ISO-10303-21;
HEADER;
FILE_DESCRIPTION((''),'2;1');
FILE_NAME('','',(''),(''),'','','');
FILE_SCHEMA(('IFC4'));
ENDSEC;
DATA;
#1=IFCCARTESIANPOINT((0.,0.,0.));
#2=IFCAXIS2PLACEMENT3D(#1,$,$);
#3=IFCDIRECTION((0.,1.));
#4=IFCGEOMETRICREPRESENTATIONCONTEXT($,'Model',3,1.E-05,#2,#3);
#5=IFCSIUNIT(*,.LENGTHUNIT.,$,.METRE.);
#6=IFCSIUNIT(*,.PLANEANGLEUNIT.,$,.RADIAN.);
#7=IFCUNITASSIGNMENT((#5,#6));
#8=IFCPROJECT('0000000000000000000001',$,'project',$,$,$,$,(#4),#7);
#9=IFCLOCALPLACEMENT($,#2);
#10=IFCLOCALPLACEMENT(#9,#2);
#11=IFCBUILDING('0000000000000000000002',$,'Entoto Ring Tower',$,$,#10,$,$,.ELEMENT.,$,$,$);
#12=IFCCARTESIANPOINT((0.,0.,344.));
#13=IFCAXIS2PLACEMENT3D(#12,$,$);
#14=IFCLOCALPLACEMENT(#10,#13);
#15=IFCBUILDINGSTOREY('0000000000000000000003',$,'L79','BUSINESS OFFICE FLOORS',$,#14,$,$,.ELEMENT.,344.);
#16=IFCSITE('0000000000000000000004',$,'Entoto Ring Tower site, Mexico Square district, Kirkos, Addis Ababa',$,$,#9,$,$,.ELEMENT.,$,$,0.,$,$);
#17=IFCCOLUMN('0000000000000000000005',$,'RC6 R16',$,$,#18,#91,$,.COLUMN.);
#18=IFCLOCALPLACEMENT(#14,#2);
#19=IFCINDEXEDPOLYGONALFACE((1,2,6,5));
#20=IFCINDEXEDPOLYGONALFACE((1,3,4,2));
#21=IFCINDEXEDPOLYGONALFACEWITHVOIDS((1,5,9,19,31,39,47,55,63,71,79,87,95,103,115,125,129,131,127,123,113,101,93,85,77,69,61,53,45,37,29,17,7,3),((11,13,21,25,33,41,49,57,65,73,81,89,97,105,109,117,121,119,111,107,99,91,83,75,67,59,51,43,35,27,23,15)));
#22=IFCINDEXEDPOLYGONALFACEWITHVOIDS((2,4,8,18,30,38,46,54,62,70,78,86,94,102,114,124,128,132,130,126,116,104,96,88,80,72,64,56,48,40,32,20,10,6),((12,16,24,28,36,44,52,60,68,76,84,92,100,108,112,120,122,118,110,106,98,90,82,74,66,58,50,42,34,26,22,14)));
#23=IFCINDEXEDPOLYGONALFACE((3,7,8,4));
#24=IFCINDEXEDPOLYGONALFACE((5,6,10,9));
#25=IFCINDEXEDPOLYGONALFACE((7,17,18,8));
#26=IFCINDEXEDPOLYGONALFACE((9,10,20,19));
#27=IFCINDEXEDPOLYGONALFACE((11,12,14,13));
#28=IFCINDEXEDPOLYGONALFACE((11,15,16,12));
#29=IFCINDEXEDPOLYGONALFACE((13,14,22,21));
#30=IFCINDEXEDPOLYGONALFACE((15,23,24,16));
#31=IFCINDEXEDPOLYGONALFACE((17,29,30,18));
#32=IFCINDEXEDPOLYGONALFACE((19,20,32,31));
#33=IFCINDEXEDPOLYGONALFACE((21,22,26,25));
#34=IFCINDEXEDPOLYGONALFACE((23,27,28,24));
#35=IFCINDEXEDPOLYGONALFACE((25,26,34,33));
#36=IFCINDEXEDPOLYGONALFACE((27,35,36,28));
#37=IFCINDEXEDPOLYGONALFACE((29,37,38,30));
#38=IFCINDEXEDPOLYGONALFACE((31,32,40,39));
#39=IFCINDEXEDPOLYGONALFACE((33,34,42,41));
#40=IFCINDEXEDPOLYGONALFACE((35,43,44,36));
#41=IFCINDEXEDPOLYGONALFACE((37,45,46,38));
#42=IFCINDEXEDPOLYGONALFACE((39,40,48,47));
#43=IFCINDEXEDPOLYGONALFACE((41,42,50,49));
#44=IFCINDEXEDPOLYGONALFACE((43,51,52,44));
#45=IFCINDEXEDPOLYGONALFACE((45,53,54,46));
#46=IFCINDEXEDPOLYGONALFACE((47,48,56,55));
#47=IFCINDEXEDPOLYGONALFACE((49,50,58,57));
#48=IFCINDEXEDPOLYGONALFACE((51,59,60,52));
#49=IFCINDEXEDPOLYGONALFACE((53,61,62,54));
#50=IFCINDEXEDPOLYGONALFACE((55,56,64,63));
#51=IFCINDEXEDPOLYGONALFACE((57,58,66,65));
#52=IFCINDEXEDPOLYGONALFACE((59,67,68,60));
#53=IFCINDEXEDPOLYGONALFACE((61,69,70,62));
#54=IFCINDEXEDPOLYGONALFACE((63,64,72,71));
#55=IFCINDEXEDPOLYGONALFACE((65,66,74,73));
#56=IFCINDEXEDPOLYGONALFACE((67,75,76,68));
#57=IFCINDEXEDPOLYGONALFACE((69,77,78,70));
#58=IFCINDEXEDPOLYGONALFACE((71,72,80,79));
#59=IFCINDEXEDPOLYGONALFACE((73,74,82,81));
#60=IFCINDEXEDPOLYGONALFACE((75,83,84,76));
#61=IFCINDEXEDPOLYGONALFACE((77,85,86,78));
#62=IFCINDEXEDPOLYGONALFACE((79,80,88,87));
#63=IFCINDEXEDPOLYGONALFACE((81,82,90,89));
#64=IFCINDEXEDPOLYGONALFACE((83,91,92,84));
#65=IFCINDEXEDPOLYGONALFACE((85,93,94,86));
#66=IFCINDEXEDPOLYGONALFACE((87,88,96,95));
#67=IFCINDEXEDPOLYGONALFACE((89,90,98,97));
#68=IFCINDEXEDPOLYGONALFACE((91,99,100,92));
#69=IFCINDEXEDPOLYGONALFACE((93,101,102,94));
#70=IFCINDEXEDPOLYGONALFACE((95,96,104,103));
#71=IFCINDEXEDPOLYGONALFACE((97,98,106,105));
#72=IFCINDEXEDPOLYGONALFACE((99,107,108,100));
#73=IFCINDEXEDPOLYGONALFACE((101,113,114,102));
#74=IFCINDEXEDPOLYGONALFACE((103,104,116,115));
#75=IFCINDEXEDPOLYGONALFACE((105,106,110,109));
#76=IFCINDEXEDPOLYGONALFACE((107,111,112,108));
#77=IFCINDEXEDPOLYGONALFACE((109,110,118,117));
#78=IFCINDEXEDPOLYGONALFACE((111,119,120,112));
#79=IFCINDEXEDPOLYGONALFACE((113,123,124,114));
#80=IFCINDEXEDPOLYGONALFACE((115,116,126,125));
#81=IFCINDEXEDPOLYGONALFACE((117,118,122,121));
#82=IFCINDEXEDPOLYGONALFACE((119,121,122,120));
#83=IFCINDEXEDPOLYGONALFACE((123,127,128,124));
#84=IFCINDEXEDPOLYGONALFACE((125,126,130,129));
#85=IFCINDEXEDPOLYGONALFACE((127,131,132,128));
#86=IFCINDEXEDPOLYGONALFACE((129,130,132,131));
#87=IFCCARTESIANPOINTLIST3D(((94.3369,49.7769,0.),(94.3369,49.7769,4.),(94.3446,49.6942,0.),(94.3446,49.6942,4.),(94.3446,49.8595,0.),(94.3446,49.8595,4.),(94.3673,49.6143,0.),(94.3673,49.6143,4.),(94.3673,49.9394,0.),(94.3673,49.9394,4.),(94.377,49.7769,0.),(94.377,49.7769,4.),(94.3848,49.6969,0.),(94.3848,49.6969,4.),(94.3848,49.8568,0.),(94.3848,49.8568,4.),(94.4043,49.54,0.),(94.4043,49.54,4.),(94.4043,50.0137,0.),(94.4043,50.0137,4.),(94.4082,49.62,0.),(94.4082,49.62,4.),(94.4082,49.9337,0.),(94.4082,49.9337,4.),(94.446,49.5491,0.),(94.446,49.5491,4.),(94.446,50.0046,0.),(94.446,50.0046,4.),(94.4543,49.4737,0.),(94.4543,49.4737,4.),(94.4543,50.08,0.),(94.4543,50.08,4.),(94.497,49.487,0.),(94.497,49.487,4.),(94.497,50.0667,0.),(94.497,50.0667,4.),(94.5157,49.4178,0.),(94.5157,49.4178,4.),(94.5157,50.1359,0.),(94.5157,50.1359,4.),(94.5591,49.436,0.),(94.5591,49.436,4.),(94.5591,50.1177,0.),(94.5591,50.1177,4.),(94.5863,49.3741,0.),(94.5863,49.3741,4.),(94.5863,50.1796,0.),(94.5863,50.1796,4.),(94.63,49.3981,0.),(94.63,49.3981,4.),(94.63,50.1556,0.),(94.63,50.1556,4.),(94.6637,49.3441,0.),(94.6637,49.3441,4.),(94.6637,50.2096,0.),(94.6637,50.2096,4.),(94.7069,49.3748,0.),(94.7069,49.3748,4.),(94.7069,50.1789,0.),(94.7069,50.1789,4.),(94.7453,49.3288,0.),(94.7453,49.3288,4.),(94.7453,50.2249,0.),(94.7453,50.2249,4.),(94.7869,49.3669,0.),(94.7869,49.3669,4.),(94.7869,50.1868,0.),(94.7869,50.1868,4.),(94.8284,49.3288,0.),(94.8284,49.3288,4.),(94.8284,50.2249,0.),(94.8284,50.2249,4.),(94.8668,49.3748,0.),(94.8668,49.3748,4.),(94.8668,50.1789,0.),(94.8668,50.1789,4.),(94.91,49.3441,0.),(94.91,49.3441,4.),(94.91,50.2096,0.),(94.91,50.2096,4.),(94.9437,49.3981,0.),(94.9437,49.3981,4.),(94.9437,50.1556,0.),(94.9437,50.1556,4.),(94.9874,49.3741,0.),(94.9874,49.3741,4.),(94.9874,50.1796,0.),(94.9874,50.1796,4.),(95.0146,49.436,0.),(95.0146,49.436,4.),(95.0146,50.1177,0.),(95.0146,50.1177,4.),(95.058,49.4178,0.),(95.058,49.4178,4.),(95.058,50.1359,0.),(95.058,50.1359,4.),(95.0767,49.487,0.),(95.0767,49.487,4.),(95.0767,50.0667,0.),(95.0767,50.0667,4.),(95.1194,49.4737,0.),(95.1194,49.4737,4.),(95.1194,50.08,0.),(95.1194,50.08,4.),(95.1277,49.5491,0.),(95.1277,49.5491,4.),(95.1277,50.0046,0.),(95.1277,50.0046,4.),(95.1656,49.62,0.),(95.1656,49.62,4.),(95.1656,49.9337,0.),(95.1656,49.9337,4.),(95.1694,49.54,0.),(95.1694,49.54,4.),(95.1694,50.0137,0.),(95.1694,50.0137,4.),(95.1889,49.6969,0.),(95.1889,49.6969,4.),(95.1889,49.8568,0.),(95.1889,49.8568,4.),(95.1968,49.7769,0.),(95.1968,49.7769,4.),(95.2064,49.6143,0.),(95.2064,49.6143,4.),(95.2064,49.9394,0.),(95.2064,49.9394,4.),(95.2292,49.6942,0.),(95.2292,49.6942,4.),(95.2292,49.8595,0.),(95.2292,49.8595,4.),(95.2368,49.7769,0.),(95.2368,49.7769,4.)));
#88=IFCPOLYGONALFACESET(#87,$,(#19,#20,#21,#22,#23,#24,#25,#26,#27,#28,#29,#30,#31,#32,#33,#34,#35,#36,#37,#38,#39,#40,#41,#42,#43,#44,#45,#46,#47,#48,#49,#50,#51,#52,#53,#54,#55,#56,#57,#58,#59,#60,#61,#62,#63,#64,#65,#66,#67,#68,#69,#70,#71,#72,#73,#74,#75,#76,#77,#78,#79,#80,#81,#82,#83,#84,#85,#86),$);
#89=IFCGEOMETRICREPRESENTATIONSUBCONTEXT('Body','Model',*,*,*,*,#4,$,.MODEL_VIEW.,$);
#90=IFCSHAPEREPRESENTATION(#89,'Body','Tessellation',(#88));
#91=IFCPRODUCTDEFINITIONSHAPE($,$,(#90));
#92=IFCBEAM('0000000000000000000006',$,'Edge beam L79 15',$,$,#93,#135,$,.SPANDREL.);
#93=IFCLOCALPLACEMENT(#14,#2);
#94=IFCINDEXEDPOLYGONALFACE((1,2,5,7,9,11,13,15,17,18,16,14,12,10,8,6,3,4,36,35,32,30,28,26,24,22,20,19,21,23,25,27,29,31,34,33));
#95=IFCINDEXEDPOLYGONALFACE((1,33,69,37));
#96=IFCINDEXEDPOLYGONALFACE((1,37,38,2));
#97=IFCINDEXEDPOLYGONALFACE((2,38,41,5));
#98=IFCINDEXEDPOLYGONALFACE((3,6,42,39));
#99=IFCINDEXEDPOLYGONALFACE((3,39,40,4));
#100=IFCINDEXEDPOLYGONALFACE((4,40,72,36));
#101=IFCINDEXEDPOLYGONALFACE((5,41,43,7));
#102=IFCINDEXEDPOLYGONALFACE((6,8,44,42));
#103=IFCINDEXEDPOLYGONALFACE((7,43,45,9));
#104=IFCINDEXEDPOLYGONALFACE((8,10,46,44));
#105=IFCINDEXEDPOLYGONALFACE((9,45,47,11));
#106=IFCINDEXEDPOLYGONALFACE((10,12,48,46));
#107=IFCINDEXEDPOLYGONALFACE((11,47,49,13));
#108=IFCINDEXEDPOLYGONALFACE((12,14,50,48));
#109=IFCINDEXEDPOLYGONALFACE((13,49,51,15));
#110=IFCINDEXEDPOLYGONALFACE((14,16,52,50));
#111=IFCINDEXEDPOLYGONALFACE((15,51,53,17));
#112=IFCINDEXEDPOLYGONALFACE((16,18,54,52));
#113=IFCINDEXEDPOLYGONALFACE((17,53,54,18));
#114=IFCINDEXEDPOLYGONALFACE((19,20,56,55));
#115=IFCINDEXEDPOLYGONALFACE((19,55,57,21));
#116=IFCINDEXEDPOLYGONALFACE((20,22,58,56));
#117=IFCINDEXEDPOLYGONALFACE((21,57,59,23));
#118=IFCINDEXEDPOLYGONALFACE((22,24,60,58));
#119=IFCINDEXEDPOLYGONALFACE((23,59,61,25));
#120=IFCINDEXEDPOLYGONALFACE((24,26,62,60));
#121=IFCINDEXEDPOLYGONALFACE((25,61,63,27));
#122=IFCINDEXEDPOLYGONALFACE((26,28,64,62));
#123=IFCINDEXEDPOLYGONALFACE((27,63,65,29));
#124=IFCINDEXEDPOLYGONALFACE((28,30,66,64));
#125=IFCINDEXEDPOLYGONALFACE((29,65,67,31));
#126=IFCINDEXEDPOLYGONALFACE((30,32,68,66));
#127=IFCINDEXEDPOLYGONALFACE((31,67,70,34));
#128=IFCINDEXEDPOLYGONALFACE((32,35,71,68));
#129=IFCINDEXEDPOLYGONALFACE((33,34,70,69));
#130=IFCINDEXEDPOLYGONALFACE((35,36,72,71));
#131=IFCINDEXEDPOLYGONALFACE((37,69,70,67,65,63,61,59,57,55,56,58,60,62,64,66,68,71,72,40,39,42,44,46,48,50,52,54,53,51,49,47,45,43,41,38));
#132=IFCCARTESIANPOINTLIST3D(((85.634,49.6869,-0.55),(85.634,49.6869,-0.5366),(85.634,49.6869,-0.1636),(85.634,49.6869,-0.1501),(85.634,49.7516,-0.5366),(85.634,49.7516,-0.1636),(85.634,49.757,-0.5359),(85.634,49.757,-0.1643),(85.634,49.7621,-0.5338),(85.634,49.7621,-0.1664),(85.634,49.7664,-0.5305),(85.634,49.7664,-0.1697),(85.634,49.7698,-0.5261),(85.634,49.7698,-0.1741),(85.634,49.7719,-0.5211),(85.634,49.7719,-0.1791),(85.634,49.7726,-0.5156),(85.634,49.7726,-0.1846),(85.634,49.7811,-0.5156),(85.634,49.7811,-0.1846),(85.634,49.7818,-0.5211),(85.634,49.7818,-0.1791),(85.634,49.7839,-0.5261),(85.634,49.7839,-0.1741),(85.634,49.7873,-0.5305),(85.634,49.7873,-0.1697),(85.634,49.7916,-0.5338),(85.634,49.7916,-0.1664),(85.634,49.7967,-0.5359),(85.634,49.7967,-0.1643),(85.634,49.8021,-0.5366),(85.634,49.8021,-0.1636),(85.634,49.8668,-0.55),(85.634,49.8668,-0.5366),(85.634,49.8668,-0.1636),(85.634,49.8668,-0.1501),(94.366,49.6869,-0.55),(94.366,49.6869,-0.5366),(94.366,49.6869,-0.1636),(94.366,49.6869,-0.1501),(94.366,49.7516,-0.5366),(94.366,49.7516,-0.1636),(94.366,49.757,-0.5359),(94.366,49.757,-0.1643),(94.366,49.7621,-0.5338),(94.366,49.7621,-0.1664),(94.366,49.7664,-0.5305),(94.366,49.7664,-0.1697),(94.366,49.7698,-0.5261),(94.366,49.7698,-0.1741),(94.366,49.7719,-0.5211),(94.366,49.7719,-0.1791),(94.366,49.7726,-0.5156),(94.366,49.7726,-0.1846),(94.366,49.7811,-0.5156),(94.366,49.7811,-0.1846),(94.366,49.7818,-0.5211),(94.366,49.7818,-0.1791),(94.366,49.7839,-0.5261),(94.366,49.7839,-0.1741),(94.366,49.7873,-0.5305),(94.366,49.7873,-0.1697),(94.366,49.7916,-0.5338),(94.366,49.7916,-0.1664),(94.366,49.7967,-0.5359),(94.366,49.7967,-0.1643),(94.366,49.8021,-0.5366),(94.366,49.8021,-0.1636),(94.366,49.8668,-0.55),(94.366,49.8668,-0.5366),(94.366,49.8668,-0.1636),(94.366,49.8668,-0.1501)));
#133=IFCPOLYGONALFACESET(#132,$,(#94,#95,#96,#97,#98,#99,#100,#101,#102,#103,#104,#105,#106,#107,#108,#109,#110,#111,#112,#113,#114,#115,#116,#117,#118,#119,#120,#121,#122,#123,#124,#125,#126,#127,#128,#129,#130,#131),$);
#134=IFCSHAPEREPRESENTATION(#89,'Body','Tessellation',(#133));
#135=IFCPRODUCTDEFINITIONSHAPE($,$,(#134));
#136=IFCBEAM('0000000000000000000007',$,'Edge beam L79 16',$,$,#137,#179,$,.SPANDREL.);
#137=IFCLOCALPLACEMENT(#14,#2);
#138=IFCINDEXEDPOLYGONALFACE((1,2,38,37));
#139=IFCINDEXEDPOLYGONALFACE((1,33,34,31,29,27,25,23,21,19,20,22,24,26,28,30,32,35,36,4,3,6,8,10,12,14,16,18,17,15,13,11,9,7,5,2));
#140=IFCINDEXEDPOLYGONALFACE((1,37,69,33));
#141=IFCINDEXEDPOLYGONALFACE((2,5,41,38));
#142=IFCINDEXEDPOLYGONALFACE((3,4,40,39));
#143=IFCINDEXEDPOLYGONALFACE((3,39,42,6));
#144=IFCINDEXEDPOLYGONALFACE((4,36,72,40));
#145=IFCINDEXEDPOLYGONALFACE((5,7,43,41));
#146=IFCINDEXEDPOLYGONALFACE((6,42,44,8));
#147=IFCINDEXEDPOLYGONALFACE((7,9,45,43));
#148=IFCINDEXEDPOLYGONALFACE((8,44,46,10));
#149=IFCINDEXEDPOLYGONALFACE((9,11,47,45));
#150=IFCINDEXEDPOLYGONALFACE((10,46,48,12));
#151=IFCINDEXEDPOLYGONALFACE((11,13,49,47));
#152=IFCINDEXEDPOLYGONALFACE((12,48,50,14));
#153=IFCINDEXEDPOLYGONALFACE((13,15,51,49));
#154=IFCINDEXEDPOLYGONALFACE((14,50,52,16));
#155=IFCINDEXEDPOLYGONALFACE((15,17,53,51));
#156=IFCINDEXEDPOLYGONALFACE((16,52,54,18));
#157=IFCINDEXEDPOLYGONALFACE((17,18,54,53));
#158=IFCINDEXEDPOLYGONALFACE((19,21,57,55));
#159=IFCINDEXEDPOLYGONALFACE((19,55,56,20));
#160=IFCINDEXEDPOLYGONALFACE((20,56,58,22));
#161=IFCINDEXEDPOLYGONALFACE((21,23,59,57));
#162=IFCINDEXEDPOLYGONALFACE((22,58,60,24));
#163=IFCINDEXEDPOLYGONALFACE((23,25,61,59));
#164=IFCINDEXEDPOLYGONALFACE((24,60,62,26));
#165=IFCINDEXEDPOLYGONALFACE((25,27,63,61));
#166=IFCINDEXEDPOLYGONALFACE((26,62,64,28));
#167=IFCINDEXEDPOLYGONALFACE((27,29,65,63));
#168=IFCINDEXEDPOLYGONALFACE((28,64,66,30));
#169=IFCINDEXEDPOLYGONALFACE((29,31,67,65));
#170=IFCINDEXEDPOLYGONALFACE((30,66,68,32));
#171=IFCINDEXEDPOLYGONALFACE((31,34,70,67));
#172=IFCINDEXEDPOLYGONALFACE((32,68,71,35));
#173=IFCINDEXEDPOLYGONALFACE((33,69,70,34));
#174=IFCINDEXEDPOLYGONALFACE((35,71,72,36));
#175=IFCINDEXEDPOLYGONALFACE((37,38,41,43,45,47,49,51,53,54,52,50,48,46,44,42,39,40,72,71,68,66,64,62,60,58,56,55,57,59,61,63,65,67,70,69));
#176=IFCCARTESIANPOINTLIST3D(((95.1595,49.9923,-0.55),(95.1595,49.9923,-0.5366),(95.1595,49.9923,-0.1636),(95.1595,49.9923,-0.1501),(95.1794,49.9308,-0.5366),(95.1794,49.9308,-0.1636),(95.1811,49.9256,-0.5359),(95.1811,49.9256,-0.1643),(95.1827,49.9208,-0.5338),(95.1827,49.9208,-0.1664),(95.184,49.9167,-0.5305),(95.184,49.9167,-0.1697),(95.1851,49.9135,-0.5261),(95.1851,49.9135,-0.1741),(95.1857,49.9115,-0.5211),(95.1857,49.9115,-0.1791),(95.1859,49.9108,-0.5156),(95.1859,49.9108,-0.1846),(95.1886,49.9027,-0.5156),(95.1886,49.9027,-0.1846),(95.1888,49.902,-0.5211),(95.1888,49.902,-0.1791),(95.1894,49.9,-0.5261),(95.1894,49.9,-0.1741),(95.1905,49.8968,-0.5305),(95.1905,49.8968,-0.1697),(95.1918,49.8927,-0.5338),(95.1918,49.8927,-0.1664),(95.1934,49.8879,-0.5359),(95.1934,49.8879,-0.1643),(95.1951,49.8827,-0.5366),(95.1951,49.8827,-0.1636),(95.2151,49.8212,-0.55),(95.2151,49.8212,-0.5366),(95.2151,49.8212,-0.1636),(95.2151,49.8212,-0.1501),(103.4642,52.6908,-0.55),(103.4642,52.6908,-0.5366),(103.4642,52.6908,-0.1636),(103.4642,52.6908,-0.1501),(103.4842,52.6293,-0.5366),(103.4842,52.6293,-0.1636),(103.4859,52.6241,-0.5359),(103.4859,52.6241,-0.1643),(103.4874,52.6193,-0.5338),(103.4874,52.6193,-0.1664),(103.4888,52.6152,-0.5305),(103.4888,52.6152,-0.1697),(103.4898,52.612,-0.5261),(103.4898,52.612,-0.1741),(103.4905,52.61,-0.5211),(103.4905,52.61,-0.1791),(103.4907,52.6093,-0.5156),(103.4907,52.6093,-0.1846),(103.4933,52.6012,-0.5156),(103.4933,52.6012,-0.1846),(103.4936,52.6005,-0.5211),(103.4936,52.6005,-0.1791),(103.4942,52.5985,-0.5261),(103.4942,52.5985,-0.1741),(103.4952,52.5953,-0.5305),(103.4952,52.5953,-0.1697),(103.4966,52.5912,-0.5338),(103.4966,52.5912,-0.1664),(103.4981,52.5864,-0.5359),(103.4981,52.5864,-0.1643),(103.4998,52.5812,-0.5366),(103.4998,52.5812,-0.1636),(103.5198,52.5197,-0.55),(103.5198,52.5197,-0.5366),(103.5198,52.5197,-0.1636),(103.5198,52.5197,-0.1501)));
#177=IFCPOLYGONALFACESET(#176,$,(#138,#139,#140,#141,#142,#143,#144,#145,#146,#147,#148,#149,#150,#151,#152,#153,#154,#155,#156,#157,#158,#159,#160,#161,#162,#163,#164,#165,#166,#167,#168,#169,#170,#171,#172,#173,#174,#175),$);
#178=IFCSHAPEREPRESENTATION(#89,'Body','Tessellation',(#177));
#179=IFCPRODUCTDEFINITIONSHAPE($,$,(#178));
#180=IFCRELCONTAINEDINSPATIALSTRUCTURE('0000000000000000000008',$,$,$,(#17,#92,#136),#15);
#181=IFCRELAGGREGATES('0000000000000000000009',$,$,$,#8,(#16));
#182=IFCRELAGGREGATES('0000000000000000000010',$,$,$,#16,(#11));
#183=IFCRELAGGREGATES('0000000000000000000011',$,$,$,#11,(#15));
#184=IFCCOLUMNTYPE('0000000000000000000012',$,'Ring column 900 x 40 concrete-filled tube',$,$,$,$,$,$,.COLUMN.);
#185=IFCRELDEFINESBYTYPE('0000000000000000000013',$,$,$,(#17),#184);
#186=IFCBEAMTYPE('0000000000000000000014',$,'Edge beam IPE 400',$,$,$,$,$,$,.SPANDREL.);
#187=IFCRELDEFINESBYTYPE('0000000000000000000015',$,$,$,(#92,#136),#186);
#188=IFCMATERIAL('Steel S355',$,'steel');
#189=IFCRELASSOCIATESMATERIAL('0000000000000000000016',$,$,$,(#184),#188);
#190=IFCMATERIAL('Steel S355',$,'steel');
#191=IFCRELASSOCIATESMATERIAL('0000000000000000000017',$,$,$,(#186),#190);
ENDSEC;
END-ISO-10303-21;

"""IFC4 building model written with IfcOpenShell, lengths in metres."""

from ifc_helpers import new_model, si_unit, direction, frame, origin, origin_2d, place, context, subcontext, project, spatial, circle, hollow_circle, i_section, extrude, material, material_profile, profile_set, type_object, element, save


model = new_model("IFC4")

# Units and contexts
model_context = context("Model", 3, precision=1e-05, world=origin(), true_north=direction((0.0, 1.0)))
body_context = subcontext(model_context, "Body", "Model", "MODEL_VIEW")
ifc_project = project(units=[si_unit("LENGTHUNIT", "METRE"), si_unit("PLANEANGLEUNIT", "RADIAN")], contexts=[model_context])

# Site, building, storey
site_placement = place(None, origin())
site = spatial("IfcSite", under=ifc_project, at=site_placement, Name="Entoto Ring Tower site, Mexico Square district, Kirkos, Addis Ababa", CompositionType="ELEMENT", RefElevation=0.0)
building_placement = place(site_placement, origin())
building = spatial("IfcBuilding", under=site, at=building_placement, Name="Entoto Ring Tower", CompositionType="ELEMENT")
storey_placement = place(building_placement, frame((0.0, 0.0, 344.0)))
storey = spatial("IfcBuildingStorey", under=building, at=storey_placement, Name="L79", Description="BUSINESS OFFICE FLOORS", CompositionType="ELEMENT", Elevation=344.0)

# Column
ifc_material_1 = material(Name="Steel S355", Category="steel")
ifc_material_profile_1 = material_profile(ifc_material_1, hollow_circle(Radius=0.45, WallThickness=0.04, at=origin_2d()), Name="CHS 900 x 40")
ifc_material_2 = material(Name="Concrete C60/75", Category="concrete")
ifc_material_profile_2 = material_profile(ifc_material_2, circle(Radius=0.4099, at=origin_2d()), Name="Concrete C60/75 infill")
ifc_profile_set_1 = profile_set([ifc_material_profile_1, ifc_material_profile_2], Name="Steel S355")
column_type = type_object("IfcColumnType", Name="Ring column 900 x 40 concrete-filled tube", PredefinedType="COLUMN", material=ifc_profile_set_1)
column_placement = place(storey_placement, frame((94.7869, 49.7769, 0.0), z_axis=(0.0, 0.0, 1.0), x_axis=(1.0, 0.0, 0.0)))
element("IfcColumn", 1, at=column_placement, inside=storey, type_object=column_type, Name="RC6 R16", PredefinedType="COLUMN", context=body_context, shape_type="SweptSolid", body=[
    extrude(hollow_circle(Radius=0.45, WallThickness=0.04, at=origin_2d()), origin(), (0.0, 0.0, 1.0), 4.0),
])

# Beams
ifc_material_3 = material(Name="Steel S355", Category="steel")
ifc_material_profile_3 = material_profile(ifc_material_3, i_section(OverallWidth=0.1799, OverallDepth=0.3999, WebThickness=0.0085, FlangeThickness=0.0134, FilletRadius=0.021, at=origin_2d()), Name="IPE 400")
ifc_profile_set_2 = profile_set([ifc_material_profile_3], Name="Steel S355")
beam_type_1 = type_object("IfcBeamType", Name="Edge beam IPE 400", PredefinedType="SPANDREL", material=ifc_profile_set_2)
beam_1_placement = place(storey_placement, frame((85.634, 49.7769, -0.3501), z_axis=(1.0, 0.0, 0.0), x_axis=(0.0, 1.0, 0.0)))
element("IfcBeam", 2, at=beam_1_placement, inside=storey, type_object=beam_type_1, Name="Edge beam L79 15", PredefinedType="SPANDREL", context=body_context, shape_type="SweptSolid", body=[
    extrude(i_section(OverallWidth=0.1799, OverallDepth=0.3999, WebThickness=0.0085, FlangeThickness=0.0134, FilletRadius=0.021, at=origin_2d()), origin(), (0.0, 0.0, 1.0), 8.7319),
])
beam_2_placement = place(storey_placement, frame((95.1873, 49.9067, -0.3501), z_axis=(0.951052, 0.30903, 0.0), x_axis=(-0.30903, 0.951052, 0.0)))
element("IfcBeam", 3, at=beam_2_placement, inside=storey, type_object=beam_type_1, Name="Edge beam L79 16", PredefinedType="SPANDREL", context=body_context, shape_type="SweptSolid", body=[
    extrude(i_section(OverallWidth=0.1799, OverallDepth=0.3999, WebThickness=0.0085, FlangeThickness=0.0134, FilletRadius=0.021, at=origin_2d()), origin(), (0.0, 0.0, 1.0), 8.7322),
])

save(model, "model.ifc")
